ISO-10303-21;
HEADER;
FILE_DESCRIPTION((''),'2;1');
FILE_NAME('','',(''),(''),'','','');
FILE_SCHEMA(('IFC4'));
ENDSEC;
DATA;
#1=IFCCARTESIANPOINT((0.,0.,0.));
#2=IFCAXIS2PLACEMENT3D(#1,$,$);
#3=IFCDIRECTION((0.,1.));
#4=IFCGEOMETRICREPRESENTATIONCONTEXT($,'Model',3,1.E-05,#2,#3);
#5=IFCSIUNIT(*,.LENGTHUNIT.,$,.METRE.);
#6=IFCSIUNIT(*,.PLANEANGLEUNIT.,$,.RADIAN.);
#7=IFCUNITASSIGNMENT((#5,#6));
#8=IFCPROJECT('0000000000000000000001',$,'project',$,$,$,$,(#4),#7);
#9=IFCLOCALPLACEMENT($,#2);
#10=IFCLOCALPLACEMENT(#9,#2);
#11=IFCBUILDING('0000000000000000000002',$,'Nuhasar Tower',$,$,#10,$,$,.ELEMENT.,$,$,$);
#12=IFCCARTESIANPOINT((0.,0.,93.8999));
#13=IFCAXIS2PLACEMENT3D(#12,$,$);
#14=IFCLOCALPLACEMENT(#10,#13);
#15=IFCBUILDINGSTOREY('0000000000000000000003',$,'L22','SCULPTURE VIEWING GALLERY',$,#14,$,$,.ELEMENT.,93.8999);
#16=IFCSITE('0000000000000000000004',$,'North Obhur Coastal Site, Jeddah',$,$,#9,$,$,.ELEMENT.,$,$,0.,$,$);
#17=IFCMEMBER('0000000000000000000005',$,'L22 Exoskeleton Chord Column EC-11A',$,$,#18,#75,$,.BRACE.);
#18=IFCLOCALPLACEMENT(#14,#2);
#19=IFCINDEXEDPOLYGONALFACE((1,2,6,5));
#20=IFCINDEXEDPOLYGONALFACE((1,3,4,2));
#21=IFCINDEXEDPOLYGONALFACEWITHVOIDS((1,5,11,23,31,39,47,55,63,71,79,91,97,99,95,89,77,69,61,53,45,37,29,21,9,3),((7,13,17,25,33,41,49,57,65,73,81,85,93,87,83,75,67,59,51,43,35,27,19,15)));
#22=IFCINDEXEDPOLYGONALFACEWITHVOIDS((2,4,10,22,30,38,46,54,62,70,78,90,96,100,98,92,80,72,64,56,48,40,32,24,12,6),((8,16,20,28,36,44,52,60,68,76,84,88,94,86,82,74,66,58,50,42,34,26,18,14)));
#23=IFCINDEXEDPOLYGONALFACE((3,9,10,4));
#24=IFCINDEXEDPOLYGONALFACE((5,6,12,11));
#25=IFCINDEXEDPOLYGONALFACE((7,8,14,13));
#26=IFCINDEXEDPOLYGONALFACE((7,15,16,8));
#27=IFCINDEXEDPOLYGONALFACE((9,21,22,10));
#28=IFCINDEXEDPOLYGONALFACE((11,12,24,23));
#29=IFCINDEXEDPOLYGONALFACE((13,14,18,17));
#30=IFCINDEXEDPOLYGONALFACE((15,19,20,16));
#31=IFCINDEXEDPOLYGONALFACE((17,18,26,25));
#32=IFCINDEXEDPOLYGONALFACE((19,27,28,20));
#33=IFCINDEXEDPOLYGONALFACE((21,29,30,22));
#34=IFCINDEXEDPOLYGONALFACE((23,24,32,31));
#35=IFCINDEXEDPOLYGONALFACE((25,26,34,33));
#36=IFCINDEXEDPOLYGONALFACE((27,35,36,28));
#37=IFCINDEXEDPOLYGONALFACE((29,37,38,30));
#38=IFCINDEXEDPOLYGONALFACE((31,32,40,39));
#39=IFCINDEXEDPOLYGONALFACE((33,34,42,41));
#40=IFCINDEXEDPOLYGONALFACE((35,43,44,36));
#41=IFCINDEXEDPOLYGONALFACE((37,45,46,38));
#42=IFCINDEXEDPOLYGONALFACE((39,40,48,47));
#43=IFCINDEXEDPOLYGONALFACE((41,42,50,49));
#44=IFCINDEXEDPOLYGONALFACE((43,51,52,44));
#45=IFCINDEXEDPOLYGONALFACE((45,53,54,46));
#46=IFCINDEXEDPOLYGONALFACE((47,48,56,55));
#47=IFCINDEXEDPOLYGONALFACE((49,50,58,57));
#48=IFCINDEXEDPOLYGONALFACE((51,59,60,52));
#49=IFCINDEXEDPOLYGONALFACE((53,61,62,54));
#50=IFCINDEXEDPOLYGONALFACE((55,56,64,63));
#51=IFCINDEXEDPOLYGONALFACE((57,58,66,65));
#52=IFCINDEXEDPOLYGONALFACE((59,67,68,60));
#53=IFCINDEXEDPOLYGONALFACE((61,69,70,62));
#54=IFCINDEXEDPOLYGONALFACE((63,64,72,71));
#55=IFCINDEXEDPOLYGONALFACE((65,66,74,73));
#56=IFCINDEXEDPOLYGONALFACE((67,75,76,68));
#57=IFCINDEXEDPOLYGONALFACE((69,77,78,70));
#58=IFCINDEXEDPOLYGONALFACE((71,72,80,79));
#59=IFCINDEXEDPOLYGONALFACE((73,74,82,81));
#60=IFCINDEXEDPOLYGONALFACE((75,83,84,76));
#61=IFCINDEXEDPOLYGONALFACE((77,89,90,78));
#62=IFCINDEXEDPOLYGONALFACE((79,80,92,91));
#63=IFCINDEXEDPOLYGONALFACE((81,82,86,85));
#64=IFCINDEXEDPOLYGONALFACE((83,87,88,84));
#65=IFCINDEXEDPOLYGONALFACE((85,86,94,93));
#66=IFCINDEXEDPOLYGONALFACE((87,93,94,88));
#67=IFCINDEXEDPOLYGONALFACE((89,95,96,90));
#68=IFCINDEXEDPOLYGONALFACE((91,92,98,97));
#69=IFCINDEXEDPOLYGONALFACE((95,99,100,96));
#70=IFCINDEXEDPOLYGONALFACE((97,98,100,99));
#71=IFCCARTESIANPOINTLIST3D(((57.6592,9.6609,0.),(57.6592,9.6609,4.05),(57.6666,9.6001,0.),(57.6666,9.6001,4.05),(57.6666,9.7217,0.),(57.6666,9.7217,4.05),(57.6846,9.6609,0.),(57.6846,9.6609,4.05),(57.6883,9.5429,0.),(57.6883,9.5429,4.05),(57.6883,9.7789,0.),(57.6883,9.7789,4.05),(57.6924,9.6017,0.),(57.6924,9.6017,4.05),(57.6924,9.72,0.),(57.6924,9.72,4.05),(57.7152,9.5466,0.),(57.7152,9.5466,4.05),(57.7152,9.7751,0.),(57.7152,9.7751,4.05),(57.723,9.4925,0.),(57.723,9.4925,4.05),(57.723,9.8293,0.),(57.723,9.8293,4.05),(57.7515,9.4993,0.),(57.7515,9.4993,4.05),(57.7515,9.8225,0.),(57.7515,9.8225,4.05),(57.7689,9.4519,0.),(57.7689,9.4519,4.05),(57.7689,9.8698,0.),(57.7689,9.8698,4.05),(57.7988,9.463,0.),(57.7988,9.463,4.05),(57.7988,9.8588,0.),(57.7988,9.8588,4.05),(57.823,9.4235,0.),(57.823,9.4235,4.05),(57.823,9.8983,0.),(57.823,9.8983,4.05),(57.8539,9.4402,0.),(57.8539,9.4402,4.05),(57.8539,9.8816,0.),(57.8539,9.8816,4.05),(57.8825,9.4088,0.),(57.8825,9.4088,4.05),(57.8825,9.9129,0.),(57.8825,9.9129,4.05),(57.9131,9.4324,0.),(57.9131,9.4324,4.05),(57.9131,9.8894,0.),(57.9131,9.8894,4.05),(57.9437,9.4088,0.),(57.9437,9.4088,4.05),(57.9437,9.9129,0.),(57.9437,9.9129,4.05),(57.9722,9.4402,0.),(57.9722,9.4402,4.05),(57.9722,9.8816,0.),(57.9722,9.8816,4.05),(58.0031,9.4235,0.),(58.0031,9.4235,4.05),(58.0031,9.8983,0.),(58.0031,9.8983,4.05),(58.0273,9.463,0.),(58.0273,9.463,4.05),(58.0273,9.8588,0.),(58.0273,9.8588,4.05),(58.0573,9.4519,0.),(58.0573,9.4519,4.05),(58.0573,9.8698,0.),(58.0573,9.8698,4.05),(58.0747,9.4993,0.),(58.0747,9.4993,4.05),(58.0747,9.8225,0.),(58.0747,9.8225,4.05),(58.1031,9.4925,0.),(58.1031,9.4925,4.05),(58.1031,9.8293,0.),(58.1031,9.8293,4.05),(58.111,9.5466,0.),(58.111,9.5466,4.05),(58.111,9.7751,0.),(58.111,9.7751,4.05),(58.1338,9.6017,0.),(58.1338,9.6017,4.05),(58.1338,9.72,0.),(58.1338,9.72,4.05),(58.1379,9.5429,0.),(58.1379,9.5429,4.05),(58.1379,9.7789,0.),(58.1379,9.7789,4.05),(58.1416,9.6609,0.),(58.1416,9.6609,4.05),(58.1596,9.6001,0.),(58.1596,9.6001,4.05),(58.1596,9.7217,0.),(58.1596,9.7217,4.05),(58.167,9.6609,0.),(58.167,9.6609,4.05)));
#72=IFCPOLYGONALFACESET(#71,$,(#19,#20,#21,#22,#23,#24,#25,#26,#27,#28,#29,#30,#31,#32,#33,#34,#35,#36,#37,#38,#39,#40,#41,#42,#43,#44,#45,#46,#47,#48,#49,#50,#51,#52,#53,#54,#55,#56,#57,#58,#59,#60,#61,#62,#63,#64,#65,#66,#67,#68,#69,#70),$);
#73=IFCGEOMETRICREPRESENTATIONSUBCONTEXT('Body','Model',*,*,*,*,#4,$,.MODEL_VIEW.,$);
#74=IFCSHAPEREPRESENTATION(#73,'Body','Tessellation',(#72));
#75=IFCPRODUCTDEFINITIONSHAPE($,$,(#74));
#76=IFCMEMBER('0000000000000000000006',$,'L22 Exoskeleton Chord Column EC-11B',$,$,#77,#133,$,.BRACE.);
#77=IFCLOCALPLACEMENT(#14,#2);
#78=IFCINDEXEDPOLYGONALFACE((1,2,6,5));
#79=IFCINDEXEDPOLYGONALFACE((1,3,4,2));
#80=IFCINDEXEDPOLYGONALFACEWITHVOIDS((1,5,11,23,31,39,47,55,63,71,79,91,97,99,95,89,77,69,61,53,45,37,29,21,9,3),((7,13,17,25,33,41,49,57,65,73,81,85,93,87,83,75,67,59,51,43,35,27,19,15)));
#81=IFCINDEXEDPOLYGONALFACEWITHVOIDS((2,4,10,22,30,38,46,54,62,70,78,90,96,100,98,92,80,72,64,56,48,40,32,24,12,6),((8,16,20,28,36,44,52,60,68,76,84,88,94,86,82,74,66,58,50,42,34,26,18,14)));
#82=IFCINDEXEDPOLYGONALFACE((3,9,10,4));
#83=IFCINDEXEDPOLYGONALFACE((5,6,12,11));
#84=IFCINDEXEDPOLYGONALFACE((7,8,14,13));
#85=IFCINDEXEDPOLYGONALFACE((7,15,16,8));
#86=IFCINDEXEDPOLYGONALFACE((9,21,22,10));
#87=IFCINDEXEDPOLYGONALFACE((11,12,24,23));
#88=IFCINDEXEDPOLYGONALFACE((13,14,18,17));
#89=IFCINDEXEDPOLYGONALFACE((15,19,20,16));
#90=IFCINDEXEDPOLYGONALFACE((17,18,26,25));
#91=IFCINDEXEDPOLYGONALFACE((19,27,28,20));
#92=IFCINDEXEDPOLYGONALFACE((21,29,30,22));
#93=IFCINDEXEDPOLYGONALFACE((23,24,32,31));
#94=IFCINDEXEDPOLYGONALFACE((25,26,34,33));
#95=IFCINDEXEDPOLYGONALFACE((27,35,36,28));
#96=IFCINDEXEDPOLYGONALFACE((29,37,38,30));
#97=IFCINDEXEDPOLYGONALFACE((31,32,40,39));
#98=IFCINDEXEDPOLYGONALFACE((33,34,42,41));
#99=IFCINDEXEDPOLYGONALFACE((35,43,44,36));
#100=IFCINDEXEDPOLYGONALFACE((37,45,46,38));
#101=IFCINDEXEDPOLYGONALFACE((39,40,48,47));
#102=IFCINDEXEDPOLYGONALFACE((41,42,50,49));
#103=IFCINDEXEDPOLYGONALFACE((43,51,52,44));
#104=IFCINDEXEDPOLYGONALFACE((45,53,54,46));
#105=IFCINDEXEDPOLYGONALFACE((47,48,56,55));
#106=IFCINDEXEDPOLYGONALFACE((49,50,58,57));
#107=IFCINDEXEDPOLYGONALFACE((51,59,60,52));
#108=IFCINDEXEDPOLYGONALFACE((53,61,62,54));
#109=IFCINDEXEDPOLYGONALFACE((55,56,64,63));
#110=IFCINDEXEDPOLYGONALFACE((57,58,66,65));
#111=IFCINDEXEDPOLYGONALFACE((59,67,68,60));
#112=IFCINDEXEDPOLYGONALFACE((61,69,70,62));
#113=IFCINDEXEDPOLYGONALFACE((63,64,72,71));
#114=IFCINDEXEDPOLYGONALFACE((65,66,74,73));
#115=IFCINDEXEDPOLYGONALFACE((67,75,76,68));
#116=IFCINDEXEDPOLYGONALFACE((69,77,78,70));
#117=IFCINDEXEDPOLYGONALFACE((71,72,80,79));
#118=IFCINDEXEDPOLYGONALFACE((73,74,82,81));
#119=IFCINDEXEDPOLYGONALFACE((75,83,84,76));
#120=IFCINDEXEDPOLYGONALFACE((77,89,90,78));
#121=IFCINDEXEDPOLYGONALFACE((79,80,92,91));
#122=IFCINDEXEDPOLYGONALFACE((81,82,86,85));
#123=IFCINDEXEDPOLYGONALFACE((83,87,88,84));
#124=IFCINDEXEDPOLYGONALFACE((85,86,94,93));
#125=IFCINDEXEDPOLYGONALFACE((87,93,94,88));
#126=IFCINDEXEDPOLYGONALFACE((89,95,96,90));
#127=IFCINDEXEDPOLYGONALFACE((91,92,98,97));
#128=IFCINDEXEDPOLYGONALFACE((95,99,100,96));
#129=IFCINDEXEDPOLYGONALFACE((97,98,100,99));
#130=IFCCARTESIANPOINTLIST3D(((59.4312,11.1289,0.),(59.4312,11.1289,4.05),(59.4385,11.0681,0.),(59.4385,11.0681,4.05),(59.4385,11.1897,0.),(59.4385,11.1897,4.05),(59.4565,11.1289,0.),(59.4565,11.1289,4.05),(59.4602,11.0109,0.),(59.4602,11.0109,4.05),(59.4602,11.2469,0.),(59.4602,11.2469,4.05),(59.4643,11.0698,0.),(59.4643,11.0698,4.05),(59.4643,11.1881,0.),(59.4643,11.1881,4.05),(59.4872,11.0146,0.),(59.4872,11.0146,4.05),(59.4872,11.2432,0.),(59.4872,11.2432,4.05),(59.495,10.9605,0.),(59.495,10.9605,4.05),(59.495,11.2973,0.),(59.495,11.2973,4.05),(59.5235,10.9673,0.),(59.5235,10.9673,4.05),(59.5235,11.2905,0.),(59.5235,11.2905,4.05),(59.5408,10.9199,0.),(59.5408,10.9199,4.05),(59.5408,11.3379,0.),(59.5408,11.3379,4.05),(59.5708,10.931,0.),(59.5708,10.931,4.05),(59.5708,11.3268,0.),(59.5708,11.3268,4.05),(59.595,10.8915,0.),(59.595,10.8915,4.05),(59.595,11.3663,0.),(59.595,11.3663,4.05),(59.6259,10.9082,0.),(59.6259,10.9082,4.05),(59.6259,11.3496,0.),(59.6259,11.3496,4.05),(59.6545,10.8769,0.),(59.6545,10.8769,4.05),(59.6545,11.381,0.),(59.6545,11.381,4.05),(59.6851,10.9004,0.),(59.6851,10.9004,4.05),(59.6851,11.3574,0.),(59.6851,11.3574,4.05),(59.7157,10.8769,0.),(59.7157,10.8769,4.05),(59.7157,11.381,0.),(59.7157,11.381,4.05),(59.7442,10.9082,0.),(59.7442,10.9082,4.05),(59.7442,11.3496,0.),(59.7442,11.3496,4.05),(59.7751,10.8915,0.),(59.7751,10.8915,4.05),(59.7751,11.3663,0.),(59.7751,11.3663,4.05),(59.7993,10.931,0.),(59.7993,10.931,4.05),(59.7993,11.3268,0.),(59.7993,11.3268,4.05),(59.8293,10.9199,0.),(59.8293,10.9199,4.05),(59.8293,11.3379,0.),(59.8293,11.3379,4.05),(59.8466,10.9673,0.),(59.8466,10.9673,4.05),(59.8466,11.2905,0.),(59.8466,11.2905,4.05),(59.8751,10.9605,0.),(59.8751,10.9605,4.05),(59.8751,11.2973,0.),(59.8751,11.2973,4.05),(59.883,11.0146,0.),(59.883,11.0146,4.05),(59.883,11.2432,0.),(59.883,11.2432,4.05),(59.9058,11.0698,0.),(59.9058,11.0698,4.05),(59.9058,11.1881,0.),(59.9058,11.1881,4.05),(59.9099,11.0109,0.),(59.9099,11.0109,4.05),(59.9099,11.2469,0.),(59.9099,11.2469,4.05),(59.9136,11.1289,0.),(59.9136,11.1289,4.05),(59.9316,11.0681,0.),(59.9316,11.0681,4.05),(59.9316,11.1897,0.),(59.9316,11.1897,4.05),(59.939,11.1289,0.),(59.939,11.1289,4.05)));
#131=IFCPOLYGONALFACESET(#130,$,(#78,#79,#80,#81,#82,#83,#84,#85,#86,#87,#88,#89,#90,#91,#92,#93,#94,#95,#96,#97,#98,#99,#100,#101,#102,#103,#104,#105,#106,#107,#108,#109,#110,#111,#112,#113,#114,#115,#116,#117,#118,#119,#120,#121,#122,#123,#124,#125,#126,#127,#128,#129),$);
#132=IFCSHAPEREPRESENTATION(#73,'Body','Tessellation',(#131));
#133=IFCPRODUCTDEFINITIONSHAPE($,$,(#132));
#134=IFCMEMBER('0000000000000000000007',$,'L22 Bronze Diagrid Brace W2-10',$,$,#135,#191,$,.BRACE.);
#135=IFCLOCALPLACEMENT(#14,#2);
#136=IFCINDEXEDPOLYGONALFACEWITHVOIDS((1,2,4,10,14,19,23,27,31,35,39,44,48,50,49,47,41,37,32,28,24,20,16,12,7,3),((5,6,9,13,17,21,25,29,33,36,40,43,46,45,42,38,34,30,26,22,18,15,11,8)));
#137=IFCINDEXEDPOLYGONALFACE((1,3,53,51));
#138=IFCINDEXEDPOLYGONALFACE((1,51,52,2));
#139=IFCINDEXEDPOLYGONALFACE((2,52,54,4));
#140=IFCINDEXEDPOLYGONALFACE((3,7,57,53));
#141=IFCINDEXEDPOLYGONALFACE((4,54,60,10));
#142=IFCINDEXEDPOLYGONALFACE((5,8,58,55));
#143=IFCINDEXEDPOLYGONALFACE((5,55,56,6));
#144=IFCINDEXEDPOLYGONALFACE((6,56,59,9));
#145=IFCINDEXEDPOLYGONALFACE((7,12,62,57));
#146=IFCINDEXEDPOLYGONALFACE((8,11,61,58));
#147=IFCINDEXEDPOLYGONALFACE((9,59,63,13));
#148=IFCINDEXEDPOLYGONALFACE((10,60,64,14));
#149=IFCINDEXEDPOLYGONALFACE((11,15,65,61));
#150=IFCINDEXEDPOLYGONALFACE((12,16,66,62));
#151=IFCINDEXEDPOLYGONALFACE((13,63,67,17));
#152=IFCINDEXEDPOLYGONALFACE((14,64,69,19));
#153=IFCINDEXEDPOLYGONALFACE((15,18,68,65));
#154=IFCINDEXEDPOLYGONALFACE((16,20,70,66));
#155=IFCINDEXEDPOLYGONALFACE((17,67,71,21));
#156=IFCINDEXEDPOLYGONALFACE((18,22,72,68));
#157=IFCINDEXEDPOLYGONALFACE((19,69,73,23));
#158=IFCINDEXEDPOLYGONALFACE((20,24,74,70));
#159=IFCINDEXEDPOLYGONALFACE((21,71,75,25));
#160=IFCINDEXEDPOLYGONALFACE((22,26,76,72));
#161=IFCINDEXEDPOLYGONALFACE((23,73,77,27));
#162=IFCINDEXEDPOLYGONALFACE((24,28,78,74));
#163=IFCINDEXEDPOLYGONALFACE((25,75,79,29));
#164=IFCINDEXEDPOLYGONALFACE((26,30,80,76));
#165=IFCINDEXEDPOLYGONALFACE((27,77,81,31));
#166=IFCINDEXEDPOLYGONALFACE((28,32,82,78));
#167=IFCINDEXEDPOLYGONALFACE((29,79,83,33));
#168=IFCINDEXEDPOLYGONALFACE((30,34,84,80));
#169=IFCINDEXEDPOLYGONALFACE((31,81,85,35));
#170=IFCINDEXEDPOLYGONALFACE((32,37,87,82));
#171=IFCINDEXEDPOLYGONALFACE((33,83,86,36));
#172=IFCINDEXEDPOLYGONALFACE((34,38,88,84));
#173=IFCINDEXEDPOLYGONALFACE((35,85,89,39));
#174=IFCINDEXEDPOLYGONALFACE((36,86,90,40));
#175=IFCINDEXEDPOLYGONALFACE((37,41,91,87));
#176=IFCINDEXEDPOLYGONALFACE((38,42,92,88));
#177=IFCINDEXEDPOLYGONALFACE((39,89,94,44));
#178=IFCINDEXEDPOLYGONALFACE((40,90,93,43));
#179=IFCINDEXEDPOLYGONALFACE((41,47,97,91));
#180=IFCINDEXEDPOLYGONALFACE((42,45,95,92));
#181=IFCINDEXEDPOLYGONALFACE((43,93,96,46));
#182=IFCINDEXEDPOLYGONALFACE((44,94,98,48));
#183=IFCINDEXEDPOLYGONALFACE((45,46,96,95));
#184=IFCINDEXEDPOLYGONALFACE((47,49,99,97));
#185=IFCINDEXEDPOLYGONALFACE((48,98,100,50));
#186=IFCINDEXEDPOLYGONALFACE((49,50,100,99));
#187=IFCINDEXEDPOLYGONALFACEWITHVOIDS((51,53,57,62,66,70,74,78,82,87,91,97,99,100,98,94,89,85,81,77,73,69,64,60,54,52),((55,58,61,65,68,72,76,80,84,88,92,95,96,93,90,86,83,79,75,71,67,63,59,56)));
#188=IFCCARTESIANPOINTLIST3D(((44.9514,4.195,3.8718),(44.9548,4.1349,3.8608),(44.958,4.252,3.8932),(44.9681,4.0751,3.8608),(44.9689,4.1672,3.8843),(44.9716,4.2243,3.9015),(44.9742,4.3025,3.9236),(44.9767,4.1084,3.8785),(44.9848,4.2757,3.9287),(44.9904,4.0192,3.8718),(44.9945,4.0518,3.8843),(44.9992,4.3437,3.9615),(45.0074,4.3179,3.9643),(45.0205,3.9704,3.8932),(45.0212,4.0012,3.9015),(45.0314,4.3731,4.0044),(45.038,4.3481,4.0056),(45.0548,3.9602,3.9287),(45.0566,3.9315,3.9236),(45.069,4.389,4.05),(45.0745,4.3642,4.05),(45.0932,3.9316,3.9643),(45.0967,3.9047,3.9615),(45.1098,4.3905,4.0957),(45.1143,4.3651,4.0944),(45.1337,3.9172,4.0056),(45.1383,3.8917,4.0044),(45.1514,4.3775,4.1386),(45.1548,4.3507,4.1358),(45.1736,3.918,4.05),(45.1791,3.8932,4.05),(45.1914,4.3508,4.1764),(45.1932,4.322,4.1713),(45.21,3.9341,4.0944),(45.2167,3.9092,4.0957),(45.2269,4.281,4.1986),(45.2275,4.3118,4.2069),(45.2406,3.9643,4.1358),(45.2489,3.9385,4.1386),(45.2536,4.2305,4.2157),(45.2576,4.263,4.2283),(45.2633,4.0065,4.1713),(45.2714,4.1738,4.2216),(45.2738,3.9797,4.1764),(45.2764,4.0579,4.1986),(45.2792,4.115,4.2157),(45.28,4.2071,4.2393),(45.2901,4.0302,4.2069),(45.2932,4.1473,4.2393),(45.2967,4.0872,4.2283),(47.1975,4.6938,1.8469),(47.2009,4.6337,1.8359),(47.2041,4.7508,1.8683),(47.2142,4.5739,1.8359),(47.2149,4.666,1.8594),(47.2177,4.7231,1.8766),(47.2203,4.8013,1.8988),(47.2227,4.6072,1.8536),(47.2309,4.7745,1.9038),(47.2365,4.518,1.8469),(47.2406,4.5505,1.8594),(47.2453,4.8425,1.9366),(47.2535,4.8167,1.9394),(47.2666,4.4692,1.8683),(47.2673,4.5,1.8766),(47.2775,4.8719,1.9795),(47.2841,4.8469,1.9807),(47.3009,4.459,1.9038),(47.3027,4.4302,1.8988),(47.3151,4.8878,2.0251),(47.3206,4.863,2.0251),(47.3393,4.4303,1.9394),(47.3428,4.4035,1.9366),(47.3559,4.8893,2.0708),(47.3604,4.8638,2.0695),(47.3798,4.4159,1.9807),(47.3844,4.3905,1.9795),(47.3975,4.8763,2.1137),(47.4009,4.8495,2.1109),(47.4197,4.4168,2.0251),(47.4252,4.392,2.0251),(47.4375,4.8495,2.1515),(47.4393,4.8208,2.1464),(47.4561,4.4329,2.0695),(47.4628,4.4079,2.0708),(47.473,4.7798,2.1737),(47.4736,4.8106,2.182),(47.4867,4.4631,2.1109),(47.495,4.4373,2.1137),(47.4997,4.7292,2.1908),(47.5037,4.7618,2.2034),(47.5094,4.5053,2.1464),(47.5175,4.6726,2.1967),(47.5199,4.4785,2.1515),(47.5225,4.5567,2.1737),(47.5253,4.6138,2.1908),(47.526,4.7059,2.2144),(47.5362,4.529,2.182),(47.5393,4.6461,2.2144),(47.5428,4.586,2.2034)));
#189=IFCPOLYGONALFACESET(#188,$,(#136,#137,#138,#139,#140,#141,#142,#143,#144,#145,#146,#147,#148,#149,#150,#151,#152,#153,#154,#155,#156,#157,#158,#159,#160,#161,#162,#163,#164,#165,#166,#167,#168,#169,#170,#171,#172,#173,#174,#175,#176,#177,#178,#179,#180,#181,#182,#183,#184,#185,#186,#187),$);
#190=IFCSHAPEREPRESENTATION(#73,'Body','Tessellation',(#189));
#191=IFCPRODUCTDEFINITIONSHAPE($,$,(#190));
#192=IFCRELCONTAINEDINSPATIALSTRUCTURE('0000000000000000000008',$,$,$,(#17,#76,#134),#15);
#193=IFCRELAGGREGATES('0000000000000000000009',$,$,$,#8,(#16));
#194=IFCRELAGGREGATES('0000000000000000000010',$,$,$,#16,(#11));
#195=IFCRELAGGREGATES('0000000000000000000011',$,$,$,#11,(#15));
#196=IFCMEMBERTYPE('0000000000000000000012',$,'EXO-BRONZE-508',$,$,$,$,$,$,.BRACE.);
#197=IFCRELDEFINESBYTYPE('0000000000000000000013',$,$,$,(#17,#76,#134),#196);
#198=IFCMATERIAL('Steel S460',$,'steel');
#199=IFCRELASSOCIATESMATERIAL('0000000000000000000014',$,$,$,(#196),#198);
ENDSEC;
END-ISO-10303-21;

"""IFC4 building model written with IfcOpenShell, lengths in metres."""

from ifc_helpers import new_model, si_unit, direction, frame, origin, origin_2d, place, context, subcontext, project, spatial, hollow_circle, extrude, material, material_profile, profile_set, type_object, element, save


model = new_model("IFC4")

# Units and contexts
model_context = context("Model", 3, precision=1e-05, world=origin(), true_north=direction((0.0, 1.0)))
body_context = subcontext(model_context, "Body", "Model", "MODEL_VIEW")
ifc_project = project(units=[si_unit("LENGTHUNIT", "METRE"), si_unit("PLANEANGLEUNIT", "RADIAN")], contexts=[model_context])

# Site, building, storey
site_placement = place(None, origin())
site = spatial("IfcSite", under=ifc_project, at=site_placement, Name="North Obhur Coastal Site, Jeddah", CompositionType="ELEMENT", RefElevation=0.0)
building_placement = place(site_placement, origin())
building = spatial("IfcBuilding", under=site, at=building_placement, Name="Nuhasar Tower", CompositionType="ELEMENT")
storey_placement = place(building_placement, frame((0.0, 0.0, 93.8999)))
storey = spatial("IfcBuildingStorey", under=building, at=storey_placement, Name="L22", Description="SCULPTURE VIEWING GALLERY", CompositionType="ELEMENT", Elevation=93.8999)

# Members
ifc_material_1 = material(Name="Steel S460", Category="steel")
ifc_material_profile_1 = material_profile(ifc_material_1, hollow_circle(Radius=0.2539, WallThickness=0.0254, at=origin_2d()), Name="HSS508X25.4")
ifc_profile_set_1 = profile_set([ifc_material_profile_1], Name="Steel S460")
member_type_1 = type_object("IfcMemberType", Name="EXO-BRONZE-508", PredefinedType="BRACE", material=ifc_profile_set_1)
for number, where, z_axis, x_axis, name in (
    (1, (57.9131, 9.6609, 0.0), (0.0, 0.0, 1.0), (1.0, 0.0, 0.0), "L22 Exoskeleton Chord Column EC-11A"),
    (2, (59.6851, 11.1289, 0.0), (0.0, 0.0, 1.0), (1.0, 0.0, 0.0), "L22 Exoskeleton Chord Column EC-11B"),
):
    element("IfcMember", number, at=place(storey_placement, frame(where, z_axis=z_axis, x_axis=x_axis)), inside=storey, type_object=member_type_1, Name=name, PredefinedType="BRACE", context=body_context, shape_type="SweptSolid", body=[
        extrude(hollow_circle(Radius=0.2539, WallThickness=0.0254, at=origin_2d()), origin(), (0.0, 0.0, 1.0), 4.05),
    ])
member_1_placement = place(storey_placement, frame((47.3701, 4.6399, 2.0251), z_axis=(-0.732831, -0.162736, 0.660663), x_axis=(0.216784, -0.97622, 0.0)))
element("IfcMember", 3, at=member_1_placement, inside=storey, type_object=member_type_1, Name="L22 Bronze Diagrid Brace W2-10", PredefinedType="BRACE", context=body_context, shape_type="SweptSolid", body=[
    extrude(hollow_circle(Radius=0.2539, WallThickness=0.0254, at=origin_2d()), origin(), (0.0, 0.0, 1.0), 3.0649),
])

save(model, "model.ifc")
